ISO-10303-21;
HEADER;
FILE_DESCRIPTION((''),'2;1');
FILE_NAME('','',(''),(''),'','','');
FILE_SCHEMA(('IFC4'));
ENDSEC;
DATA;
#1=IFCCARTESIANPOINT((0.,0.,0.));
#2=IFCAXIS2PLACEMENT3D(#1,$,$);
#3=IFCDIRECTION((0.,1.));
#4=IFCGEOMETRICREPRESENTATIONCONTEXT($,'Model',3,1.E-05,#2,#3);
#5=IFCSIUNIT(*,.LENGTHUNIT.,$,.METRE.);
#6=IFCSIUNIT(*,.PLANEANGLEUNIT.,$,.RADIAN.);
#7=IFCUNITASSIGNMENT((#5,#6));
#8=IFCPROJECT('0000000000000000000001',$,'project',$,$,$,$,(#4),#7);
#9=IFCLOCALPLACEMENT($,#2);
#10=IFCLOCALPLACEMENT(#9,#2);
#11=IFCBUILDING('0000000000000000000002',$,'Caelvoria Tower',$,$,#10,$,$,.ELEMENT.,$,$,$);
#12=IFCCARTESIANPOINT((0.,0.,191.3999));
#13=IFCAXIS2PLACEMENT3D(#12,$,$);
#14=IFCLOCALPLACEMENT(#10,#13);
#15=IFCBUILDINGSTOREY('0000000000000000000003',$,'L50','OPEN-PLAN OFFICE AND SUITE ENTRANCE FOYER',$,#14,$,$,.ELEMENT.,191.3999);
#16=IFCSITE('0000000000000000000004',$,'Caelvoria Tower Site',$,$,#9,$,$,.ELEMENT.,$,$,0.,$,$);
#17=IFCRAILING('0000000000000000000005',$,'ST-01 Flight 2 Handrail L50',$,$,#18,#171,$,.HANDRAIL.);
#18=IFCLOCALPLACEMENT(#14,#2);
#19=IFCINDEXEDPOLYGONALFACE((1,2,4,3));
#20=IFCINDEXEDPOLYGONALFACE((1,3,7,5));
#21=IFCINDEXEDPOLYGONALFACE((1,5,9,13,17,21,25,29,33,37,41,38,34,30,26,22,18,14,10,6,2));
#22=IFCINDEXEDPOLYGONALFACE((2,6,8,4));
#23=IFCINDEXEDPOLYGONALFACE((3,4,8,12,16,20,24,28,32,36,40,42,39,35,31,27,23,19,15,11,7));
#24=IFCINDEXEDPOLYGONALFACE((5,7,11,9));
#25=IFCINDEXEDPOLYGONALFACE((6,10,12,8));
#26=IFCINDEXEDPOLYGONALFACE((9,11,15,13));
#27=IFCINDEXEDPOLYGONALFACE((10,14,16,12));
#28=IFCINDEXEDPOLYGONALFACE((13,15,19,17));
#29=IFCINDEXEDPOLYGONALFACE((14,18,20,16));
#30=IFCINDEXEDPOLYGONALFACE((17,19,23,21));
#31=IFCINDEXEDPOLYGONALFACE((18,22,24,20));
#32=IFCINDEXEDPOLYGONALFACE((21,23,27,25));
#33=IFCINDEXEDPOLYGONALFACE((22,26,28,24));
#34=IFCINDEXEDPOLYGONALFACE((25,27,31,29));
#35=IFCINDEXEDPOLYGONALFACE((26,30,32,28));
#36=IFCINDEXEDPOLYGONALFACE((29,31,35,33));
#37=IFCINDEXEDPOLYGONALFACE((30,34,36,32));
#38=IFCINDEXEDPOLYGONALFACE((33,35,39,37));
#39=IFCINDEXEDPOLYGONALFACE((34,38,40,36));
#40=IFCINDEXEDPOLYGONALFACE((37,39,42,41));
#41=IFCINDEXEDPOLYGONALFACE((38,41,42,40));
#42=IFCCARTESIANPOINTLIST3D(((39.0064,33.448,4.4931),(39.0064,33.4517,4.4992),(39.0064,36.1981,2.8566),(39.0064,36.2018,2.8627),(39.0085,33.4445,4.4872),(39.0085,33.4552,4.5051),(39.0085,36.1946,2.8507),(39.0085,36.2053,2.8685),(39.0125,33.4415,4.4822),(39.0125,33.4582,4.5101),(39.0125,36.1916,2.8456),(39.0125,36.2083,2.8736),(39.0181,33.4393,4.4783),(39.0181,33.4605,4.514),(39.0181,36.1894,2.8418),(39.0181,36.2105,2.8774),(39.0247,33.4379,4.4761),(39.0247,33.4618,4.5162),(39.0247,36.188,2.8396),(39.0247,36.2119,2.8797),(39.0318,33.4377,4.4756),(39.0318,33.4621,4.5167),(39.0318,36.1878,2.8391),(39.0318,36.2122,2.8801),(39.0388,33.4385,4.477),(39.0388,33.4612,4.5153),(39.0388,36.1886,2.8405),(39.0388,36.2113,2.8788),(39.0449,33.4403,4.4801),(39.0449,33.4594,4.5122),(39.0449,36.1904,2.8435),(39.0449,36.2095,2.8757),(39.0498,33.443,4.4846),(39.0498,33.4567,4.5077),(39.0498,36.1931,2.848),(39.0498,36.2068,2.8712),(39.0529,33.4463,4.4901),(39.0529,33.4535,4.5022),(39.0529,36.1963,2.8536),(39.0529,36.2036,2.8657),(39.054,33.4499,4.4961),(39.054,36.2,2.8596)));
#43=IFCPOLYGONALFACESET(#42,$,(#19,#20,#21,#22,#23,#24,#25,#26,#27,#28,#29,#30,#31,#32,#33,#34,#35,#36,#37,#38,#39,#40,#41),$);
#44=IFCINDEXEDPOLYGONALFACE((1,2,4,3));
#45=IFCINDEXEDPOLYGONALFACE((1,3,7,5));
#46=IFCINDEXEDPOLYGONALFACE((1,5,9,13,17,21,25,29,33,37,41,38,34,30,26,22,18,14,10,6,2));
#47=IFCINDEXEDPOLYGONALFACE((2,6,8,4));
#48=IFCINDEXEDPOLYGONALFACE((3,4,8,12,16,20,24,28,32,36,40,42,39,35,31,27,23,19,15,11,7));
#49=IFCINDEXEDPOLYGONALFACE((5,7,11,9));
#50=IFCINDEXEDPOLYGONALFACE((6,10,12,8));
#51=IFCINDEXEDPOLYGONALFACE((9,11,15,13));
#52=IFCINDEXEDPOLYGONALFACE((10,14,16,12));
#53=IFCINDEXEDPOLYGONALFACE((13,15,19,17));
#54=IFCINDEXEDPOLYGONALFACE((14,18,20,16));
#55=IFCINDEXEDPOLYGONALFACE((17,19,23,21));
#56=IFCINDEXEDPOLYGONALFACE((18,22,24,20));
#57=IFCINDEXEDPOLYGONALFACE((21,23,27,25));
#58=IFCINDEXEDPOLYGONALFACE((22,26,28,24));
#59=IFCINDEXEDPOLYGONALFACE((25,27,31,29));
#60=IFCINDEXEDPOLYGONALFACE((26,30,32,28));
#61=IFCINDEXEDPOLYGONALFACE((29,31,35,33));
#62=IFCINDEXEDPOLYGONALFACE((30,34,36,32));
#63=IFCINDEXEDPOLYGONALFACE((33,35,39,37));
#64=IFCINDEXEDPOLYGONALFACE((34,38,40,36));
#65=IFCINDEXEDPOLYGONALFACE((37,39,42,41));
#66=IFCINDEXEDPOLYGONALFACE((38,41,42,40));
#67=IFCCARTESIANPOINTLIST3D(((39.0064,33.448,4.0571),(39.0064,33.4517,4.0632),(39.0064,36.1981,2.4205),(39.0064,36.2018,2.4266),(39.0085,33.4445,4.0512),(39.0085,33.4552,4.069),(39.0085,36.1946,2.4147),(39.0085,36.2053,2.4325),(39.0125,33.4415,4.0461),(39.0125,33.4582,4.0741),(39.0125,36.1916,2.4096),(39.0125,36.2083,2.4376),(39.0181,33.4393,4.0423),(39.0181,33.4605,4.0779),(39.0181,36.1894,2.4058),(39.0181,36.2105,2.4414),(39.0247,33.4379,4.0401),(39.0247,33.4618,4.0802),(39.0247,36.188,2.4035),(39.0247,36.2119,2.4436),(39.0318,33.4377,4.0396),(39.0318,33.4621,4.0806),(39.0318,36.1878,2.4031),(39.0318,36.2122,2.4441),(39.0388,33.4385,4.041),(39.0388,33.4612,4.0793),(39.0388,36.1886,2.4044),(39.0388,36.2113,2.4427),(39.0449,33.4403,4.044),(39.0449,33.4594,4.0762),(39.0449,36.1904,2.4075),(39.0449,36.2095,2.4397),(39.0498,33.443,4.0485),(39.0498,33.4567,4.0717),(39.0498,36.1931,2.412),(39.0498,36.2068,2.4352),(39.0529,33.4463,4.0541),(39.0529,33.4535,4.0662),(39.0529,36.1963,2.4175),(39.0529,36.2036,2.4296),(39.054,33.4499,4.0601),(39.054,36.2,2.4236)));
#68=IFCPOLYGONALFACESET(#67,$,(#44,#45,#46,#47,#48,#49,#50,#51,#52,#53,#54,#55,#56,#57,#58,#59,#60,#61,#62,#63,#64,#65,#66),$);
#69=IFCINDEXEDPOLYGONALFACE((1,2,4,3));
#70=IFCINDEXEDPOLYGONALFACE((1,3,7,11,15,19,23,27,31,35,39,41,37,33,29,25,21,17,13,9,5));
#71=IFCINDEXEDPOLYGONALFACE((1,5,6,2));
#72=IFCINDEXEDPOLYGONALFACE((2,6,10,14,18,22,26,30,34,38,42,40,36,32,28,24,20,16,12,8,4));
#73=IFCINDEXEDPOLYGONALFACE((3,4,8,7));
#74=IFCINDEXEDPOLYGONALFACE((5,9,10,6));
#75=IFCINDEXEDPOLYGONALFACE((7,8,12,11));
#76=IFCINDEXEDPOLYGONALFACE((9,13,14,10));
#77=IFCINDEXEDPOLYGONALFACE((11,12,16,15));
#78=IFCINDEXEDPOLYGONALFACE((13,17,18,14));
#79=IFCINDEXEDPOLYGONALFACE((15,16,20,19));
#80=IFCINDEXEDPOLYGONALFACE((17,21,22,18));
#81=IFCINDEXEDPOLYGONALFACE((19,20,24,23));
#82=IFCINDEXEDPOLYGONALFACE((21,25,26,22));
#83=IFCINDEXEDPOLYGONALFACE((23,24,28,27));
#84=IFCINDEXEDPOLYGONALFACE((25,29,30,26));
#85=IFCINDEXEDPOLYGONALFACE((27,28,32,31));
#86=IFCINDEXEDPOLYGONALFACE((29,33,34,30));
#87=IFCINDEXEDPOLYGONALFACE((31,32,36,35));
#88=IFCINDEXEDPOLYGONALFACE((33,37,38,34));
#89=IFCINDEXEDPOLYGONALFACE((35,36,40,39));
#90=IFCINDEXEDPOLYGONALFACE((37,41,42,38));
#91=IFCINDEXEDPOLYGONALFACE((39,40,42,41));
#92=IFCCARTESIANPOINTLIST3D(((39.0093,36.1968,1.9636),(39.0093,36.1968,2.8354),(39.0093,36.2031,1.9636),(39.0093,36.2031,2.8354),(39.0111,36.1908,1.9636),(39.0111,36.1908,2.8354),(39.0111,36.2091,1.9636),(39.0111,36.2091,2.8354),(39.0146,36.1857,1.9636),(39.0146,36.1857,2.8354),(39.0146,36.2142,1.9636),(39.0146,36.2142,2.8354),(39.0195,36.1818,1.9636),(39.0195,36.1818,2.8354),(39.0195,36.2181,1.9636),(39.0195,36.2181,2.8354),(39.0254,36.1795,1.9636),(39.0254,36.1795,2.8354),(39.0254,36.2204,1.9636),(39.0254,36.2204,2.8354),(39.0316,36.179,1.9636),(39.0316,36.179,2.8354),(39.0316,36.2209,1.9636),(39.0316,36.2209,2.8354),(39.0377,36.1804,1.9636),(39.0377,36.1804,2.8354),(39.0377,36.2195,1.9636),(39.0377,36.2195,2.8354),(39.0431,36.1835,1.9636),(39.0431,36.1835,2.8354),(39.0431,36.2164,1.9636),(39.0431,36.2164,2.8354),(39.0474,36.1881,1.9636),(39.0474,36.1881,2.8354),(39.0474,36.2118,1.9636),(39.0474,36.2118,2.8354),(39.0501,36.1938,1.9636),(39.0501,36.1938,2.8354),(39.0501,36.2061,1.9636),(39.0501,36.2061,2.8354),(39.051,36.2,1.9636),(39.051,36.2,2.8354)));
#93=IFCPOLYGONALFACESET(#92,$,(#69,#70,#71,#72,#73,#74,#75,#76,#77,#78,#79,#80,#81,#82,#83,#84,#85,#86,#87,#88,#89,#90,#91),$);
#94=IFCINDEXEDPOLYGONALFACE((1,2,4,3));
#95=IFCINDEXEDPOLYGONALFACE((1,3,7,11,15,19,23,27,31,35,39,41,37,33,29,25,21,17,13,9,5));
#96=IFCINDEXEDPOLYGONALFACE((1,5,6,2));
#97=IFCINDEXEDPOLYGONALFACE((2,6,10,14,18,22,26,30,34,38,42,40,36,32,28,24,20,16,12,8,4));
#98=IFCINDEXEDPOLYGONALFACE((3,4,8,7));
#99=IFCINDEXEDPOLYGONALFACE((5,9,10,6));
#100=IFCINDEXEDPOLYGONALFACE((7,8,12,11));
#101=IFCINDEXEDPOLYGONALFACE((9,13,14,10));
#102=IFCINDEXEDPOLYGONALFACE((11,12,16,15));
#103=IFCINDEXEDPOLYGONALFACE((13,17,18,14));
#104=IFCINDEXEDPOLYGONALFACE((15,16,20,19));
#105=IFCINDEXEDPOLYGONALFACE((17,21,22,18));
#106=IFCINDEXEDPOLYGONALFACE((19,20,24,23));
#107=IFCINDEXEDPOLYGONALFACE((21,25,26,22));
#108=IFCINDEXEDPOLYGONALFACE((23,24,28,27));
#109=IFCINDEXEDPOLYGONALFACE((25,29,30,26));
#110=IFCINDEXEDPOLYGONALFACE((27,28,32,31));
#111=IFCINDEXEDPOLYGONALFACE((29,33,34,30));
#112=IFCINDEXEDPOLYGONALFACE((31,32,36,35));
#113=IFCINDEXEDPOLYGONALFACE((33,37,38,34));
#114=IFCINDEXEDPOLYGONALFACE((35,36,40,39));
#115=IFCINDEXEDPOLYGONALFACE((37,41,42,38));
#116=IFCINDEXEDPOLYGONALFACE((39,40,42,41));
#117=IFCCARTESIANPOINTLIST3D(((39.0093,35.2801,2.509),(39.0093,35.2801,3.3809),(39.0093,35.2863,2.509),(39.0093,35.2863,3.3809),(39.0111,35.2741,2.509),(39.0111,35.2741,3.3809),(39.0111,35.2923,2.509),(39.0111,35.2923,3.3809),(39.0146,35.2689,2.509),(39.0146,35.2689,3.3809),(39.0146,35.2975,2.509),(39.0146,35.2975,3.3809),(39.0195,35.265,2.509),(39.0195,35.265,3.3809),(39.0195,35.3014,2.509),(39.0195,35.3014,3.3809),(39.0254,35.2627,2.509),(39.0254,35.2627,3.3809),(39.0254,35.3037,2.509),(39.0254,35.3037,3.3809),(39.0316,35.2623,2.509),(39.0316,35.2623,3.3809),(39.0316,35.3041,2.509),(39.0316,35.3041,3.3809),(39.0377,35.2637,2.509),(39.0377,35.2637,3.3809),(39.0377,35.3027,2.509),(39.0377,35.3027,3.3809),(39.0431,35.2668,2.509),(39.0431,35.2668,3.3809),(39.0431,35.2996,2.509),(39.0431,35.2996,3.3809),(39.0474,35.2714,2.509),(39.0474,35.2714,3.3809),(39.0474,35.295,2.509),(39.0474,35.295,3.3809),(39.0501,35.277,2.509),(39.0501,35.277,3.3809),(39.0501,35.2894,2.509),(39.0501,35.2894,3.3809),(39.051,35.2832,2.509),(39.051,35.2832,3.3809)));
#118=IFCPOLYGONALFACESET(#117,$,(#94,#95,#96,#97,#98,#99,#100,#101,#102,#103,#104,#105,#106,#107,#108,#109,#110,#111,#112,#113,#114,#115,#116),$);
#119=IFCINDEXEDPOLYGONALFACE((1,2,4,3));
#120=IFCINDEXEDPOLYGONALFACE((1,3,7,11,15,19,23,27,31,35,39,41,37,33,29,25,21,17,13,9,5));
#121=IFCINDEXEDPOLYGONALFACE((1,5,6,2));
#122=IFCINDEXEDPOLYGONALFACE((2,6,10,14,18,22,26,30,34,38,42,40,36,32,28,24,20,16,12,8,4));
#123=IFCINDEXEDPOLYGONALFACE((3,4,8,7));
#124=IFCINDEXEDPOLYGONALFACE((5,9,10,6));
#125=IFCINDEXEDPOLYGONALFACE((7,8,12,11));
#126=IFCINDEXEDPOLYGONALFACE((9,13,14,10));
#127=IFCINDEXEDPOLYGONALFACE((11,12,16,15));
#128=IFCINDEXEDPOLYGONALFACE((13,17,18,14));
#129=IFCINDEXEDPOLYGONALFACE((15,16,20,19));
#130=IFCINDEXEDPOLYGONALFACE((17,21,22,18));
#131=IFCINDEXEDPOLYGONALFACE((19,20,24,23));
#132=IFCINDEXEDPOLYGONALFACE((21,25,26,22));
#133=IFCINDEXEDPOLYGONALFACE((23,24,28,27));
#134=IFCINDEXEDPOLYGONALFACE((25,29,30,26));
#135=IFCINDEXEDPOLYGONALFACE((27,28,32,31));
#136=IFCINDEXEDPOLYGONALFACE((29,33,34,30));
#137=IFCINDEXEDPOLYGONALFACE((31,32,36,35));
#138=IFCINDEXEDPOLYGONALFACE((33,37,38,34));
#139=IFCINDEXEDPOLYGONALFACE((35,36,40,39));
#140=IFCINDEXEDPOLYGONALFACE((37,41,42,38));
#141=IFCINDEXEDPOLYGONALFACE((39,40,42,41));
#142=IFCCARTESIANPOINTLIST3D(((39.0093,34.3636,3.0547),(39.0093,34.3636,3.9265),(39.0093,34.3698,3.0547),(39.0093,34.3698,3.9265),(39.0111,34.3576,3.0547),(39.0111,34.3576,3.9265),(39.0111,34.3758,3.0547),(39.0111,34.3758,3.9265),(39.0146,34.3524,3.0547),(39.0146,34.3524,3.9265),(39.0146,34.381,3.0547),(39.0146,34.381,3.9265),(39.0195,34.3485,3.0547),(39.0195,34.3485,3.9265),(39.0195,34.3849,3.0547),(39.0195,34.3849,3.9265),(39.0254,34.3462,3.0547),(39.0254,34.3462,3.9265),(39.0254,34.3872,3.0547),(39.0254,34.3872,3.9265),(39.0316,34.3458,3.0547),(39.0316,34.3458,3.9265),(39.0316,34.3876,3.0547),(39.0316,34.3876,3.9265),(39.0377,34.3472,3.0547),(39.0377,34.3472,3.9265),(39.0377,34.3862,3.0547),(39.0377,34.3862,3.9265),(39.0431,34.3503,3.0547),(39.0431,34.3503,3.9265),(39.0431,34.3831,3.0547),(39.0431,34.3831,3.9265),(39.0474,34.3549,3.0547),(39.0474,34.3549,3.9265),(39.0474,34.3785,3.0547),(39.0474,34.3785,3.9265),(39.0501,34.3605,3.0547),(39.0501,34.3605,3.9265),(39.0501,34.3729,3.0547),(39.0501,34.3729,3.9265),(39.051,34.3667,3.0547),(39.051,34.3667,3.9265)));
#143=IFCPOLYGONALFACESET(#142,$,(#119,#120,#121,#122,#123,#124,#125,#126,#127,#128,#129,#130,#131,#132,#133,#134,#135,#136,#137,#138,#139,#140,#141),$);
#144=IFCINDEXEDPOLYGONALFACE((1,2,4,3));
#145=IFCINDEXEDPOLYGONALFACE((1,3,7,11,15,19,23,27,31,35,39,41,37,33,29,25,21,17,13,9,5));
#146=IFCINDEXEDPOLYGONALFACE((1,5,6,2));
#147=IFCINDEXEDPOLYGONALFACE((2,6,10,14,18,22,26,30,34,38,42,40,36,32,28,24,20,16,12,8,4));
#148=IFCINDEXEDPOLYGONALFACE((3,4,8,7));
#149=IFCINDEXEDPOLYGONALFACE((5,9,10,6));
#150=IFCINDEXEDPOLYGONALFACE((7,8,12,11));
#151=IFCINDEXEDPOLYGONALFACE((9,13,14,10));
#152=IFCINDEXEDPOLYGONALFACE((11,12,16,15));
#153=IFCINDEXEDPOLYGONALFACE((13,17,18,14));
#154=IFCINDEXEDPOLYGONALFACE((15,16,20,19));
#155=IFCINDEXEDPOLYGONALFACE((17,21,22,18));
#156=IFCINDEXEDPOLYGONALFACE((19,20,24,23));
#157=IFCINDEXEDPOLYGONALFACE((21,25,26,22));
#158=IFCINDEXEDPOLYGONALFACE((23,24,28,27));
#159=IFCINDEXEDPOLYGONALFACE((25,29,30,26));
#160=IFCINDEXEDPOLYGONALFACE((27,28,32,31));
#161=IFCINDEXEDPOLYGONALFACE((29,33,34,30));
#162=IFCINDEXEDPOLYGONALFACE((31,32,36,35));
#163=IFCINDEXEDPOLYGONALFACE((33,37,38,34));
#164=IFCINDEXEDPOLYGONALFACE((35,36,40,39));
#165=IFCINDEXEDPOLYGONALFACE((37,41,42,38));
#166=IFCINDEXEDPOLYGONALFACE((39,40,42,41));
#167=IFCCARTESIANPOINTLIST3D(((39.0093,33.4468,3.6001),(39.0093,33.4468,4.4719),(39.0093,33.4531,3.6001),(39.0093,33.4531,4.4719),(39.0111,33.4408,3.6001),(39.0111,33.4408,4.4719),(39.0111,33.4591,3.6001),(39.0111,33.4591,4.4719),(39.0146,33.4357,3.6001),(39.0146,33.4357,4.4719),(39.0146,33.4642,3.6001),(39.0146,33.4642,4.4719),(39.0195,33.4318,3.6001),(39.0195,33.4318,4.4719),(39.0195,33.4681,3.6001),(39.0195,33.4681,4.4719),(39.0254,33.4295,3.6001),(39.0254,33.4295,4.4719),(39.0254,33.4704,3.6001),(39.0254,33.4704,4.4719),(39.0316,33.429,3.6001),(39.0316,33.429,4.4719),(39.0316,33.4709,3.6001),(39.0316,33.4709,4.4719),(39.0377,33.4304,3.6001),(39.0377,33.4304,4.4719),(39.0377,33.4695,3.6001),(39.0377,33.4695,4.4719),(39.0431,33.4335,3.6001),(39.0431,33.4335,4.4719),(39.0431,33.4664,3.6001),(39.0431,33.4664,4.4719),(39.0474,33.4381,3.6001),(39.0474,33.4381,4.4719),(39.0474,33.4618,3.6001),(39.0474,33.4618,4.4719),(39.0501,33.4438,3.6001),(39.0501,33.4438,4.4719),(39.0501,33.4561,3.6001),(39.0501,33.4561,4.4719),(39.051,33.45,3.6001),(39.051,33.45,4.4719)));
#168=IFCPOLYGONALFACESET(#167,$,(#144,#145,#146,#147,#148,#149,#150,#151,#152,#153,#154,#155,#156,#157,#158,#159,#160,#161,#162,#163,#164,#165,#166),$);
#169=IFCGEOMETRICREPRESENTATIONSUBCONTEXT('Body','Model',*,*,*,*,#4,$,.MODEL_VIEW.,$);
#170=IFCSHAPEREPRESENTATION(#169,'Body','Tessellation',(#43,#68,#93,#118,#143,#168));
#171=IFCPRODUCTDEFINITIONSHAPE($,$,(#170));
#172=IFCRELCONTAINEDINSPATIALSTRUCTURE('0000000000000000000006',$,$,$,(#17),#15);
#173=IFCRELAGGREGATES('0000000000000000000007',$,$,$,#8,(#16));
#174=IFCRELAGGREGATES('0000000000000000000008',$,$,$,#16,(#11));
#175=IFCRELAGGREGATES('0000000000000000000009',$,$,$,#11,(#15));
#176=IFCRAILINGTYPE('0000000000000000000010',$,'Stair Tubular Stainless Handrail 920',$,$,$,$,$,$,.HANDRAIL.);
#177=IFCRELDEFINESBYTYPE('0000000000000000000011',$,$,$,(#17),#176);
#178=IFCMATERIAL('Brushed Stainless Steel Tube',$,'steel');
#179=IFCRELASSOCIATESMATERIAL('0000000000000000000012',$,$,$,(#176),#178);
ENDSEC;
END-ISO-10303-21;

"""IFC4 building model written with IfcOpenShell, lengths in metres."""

from ifc_helpers import new_model, si_unit, direction, frame, origin, origin_2d, place, context, subcontext, project, spatial, circle, extrude, material, type_object, element, save


model = new_model("IFC4")

# Units and contexts
model_context = context("Model", 3, precision=1e-05, world=origin(), true_north=direction((0.0, 1.0)))
body_context = subcontext(model_context, "Body", "Model", "MODEL_VIEW")
ifc_project = project(units=[si_unit("LENGTHUNIT", "METRE"), si_unit("PLANEANGLEUNIT", "RADIAN")], contexts=[model_context])

# Site, building, storey
site_placement = place(None, origin())
site = spatial("IfcSite", under=ifc_project, at=site_placement, Name="Caelvoria Tower Site", CompositionType="ELEMENT", RefElevation=0.0)
building_placement = place(site_placement, origin())
building = spatial("IfcBuilding", under=site, at=building_placement, Name="Caelvoria Tower", CompositionType="ELEMENT")
storey_placement = place(building_placement, frame((0.0, 0.0, 191.3999)))
storey = spatial("IfcBuildingStorey", under=building, at=storey_placement, Name="L50", Description="OPEN-PLAN OFFICE AND SUITE ENTRANCE FOYER", CompositionType="ELEMENT", Elevation=191.3999)

# Railing
ifc_material_1 = material(Name="Brushed Stainless Steel Tube", Category="steel")
railing_type_1 = type_object("IfcRailingType", Name="Stair Tubular Stainless Handrail 920", PredefinedType="HANDRAIL", material=ifc_material_1)
railing_1_placement = place(storey_placement, frame((39.03, 36.2, 1.9636)))
element("IfcRailing", 1, at=railing_1_placement, inside=storey, type_object=railing_type_1, Name="ST-01 Flight 2 Handrail L50", PredefinedType="HANDRAIL", context=body_context, shape_type="SweptSolid", body=[
    extrude(circle(Radius=0.0239, at=origin_2d()), frame((0.0, 0.0, 0.896), z_axis=(0.0, -0.859352, 0.511385), x_axis=(1.0, 0.0, 0.0)), (0.0, 0.0, 1.0), 3.2002),
    extrude(circle(Radius=0.0239, at=origin_2d()), frame((0.0, 0.0, 0.46), z_axis=(0.0, -0.859352, 0.511385), x_axis=(1.0, 0.0, 0.0)), (0.0, 0.0, 1.0), 3.2002),
    extrude(circle(Radius=0.021, at=origin_2d()), origin(), (0.0, 0.0, 1.0), 0.8718),
    extrude(circle(Radius=0.021, at=origin_2d()), frame((0.0, -0.9167, 0.5454)), (0.0, 0.0, 1.0), 0.8718),
    extrude(circle(Radius=0.021, at=origin_2d()), frame((0.0, -1.8333, 1.0911)), (0.0, 0.0, 1.0), 0.8718),
    extrude(circle(Radius=0.021, at=origin_2d()), frame((0.0, -2.75, 1.6365)), (0.0, 0.0, 1.0), 0.8718),
])

save(model, "model.ifc")
